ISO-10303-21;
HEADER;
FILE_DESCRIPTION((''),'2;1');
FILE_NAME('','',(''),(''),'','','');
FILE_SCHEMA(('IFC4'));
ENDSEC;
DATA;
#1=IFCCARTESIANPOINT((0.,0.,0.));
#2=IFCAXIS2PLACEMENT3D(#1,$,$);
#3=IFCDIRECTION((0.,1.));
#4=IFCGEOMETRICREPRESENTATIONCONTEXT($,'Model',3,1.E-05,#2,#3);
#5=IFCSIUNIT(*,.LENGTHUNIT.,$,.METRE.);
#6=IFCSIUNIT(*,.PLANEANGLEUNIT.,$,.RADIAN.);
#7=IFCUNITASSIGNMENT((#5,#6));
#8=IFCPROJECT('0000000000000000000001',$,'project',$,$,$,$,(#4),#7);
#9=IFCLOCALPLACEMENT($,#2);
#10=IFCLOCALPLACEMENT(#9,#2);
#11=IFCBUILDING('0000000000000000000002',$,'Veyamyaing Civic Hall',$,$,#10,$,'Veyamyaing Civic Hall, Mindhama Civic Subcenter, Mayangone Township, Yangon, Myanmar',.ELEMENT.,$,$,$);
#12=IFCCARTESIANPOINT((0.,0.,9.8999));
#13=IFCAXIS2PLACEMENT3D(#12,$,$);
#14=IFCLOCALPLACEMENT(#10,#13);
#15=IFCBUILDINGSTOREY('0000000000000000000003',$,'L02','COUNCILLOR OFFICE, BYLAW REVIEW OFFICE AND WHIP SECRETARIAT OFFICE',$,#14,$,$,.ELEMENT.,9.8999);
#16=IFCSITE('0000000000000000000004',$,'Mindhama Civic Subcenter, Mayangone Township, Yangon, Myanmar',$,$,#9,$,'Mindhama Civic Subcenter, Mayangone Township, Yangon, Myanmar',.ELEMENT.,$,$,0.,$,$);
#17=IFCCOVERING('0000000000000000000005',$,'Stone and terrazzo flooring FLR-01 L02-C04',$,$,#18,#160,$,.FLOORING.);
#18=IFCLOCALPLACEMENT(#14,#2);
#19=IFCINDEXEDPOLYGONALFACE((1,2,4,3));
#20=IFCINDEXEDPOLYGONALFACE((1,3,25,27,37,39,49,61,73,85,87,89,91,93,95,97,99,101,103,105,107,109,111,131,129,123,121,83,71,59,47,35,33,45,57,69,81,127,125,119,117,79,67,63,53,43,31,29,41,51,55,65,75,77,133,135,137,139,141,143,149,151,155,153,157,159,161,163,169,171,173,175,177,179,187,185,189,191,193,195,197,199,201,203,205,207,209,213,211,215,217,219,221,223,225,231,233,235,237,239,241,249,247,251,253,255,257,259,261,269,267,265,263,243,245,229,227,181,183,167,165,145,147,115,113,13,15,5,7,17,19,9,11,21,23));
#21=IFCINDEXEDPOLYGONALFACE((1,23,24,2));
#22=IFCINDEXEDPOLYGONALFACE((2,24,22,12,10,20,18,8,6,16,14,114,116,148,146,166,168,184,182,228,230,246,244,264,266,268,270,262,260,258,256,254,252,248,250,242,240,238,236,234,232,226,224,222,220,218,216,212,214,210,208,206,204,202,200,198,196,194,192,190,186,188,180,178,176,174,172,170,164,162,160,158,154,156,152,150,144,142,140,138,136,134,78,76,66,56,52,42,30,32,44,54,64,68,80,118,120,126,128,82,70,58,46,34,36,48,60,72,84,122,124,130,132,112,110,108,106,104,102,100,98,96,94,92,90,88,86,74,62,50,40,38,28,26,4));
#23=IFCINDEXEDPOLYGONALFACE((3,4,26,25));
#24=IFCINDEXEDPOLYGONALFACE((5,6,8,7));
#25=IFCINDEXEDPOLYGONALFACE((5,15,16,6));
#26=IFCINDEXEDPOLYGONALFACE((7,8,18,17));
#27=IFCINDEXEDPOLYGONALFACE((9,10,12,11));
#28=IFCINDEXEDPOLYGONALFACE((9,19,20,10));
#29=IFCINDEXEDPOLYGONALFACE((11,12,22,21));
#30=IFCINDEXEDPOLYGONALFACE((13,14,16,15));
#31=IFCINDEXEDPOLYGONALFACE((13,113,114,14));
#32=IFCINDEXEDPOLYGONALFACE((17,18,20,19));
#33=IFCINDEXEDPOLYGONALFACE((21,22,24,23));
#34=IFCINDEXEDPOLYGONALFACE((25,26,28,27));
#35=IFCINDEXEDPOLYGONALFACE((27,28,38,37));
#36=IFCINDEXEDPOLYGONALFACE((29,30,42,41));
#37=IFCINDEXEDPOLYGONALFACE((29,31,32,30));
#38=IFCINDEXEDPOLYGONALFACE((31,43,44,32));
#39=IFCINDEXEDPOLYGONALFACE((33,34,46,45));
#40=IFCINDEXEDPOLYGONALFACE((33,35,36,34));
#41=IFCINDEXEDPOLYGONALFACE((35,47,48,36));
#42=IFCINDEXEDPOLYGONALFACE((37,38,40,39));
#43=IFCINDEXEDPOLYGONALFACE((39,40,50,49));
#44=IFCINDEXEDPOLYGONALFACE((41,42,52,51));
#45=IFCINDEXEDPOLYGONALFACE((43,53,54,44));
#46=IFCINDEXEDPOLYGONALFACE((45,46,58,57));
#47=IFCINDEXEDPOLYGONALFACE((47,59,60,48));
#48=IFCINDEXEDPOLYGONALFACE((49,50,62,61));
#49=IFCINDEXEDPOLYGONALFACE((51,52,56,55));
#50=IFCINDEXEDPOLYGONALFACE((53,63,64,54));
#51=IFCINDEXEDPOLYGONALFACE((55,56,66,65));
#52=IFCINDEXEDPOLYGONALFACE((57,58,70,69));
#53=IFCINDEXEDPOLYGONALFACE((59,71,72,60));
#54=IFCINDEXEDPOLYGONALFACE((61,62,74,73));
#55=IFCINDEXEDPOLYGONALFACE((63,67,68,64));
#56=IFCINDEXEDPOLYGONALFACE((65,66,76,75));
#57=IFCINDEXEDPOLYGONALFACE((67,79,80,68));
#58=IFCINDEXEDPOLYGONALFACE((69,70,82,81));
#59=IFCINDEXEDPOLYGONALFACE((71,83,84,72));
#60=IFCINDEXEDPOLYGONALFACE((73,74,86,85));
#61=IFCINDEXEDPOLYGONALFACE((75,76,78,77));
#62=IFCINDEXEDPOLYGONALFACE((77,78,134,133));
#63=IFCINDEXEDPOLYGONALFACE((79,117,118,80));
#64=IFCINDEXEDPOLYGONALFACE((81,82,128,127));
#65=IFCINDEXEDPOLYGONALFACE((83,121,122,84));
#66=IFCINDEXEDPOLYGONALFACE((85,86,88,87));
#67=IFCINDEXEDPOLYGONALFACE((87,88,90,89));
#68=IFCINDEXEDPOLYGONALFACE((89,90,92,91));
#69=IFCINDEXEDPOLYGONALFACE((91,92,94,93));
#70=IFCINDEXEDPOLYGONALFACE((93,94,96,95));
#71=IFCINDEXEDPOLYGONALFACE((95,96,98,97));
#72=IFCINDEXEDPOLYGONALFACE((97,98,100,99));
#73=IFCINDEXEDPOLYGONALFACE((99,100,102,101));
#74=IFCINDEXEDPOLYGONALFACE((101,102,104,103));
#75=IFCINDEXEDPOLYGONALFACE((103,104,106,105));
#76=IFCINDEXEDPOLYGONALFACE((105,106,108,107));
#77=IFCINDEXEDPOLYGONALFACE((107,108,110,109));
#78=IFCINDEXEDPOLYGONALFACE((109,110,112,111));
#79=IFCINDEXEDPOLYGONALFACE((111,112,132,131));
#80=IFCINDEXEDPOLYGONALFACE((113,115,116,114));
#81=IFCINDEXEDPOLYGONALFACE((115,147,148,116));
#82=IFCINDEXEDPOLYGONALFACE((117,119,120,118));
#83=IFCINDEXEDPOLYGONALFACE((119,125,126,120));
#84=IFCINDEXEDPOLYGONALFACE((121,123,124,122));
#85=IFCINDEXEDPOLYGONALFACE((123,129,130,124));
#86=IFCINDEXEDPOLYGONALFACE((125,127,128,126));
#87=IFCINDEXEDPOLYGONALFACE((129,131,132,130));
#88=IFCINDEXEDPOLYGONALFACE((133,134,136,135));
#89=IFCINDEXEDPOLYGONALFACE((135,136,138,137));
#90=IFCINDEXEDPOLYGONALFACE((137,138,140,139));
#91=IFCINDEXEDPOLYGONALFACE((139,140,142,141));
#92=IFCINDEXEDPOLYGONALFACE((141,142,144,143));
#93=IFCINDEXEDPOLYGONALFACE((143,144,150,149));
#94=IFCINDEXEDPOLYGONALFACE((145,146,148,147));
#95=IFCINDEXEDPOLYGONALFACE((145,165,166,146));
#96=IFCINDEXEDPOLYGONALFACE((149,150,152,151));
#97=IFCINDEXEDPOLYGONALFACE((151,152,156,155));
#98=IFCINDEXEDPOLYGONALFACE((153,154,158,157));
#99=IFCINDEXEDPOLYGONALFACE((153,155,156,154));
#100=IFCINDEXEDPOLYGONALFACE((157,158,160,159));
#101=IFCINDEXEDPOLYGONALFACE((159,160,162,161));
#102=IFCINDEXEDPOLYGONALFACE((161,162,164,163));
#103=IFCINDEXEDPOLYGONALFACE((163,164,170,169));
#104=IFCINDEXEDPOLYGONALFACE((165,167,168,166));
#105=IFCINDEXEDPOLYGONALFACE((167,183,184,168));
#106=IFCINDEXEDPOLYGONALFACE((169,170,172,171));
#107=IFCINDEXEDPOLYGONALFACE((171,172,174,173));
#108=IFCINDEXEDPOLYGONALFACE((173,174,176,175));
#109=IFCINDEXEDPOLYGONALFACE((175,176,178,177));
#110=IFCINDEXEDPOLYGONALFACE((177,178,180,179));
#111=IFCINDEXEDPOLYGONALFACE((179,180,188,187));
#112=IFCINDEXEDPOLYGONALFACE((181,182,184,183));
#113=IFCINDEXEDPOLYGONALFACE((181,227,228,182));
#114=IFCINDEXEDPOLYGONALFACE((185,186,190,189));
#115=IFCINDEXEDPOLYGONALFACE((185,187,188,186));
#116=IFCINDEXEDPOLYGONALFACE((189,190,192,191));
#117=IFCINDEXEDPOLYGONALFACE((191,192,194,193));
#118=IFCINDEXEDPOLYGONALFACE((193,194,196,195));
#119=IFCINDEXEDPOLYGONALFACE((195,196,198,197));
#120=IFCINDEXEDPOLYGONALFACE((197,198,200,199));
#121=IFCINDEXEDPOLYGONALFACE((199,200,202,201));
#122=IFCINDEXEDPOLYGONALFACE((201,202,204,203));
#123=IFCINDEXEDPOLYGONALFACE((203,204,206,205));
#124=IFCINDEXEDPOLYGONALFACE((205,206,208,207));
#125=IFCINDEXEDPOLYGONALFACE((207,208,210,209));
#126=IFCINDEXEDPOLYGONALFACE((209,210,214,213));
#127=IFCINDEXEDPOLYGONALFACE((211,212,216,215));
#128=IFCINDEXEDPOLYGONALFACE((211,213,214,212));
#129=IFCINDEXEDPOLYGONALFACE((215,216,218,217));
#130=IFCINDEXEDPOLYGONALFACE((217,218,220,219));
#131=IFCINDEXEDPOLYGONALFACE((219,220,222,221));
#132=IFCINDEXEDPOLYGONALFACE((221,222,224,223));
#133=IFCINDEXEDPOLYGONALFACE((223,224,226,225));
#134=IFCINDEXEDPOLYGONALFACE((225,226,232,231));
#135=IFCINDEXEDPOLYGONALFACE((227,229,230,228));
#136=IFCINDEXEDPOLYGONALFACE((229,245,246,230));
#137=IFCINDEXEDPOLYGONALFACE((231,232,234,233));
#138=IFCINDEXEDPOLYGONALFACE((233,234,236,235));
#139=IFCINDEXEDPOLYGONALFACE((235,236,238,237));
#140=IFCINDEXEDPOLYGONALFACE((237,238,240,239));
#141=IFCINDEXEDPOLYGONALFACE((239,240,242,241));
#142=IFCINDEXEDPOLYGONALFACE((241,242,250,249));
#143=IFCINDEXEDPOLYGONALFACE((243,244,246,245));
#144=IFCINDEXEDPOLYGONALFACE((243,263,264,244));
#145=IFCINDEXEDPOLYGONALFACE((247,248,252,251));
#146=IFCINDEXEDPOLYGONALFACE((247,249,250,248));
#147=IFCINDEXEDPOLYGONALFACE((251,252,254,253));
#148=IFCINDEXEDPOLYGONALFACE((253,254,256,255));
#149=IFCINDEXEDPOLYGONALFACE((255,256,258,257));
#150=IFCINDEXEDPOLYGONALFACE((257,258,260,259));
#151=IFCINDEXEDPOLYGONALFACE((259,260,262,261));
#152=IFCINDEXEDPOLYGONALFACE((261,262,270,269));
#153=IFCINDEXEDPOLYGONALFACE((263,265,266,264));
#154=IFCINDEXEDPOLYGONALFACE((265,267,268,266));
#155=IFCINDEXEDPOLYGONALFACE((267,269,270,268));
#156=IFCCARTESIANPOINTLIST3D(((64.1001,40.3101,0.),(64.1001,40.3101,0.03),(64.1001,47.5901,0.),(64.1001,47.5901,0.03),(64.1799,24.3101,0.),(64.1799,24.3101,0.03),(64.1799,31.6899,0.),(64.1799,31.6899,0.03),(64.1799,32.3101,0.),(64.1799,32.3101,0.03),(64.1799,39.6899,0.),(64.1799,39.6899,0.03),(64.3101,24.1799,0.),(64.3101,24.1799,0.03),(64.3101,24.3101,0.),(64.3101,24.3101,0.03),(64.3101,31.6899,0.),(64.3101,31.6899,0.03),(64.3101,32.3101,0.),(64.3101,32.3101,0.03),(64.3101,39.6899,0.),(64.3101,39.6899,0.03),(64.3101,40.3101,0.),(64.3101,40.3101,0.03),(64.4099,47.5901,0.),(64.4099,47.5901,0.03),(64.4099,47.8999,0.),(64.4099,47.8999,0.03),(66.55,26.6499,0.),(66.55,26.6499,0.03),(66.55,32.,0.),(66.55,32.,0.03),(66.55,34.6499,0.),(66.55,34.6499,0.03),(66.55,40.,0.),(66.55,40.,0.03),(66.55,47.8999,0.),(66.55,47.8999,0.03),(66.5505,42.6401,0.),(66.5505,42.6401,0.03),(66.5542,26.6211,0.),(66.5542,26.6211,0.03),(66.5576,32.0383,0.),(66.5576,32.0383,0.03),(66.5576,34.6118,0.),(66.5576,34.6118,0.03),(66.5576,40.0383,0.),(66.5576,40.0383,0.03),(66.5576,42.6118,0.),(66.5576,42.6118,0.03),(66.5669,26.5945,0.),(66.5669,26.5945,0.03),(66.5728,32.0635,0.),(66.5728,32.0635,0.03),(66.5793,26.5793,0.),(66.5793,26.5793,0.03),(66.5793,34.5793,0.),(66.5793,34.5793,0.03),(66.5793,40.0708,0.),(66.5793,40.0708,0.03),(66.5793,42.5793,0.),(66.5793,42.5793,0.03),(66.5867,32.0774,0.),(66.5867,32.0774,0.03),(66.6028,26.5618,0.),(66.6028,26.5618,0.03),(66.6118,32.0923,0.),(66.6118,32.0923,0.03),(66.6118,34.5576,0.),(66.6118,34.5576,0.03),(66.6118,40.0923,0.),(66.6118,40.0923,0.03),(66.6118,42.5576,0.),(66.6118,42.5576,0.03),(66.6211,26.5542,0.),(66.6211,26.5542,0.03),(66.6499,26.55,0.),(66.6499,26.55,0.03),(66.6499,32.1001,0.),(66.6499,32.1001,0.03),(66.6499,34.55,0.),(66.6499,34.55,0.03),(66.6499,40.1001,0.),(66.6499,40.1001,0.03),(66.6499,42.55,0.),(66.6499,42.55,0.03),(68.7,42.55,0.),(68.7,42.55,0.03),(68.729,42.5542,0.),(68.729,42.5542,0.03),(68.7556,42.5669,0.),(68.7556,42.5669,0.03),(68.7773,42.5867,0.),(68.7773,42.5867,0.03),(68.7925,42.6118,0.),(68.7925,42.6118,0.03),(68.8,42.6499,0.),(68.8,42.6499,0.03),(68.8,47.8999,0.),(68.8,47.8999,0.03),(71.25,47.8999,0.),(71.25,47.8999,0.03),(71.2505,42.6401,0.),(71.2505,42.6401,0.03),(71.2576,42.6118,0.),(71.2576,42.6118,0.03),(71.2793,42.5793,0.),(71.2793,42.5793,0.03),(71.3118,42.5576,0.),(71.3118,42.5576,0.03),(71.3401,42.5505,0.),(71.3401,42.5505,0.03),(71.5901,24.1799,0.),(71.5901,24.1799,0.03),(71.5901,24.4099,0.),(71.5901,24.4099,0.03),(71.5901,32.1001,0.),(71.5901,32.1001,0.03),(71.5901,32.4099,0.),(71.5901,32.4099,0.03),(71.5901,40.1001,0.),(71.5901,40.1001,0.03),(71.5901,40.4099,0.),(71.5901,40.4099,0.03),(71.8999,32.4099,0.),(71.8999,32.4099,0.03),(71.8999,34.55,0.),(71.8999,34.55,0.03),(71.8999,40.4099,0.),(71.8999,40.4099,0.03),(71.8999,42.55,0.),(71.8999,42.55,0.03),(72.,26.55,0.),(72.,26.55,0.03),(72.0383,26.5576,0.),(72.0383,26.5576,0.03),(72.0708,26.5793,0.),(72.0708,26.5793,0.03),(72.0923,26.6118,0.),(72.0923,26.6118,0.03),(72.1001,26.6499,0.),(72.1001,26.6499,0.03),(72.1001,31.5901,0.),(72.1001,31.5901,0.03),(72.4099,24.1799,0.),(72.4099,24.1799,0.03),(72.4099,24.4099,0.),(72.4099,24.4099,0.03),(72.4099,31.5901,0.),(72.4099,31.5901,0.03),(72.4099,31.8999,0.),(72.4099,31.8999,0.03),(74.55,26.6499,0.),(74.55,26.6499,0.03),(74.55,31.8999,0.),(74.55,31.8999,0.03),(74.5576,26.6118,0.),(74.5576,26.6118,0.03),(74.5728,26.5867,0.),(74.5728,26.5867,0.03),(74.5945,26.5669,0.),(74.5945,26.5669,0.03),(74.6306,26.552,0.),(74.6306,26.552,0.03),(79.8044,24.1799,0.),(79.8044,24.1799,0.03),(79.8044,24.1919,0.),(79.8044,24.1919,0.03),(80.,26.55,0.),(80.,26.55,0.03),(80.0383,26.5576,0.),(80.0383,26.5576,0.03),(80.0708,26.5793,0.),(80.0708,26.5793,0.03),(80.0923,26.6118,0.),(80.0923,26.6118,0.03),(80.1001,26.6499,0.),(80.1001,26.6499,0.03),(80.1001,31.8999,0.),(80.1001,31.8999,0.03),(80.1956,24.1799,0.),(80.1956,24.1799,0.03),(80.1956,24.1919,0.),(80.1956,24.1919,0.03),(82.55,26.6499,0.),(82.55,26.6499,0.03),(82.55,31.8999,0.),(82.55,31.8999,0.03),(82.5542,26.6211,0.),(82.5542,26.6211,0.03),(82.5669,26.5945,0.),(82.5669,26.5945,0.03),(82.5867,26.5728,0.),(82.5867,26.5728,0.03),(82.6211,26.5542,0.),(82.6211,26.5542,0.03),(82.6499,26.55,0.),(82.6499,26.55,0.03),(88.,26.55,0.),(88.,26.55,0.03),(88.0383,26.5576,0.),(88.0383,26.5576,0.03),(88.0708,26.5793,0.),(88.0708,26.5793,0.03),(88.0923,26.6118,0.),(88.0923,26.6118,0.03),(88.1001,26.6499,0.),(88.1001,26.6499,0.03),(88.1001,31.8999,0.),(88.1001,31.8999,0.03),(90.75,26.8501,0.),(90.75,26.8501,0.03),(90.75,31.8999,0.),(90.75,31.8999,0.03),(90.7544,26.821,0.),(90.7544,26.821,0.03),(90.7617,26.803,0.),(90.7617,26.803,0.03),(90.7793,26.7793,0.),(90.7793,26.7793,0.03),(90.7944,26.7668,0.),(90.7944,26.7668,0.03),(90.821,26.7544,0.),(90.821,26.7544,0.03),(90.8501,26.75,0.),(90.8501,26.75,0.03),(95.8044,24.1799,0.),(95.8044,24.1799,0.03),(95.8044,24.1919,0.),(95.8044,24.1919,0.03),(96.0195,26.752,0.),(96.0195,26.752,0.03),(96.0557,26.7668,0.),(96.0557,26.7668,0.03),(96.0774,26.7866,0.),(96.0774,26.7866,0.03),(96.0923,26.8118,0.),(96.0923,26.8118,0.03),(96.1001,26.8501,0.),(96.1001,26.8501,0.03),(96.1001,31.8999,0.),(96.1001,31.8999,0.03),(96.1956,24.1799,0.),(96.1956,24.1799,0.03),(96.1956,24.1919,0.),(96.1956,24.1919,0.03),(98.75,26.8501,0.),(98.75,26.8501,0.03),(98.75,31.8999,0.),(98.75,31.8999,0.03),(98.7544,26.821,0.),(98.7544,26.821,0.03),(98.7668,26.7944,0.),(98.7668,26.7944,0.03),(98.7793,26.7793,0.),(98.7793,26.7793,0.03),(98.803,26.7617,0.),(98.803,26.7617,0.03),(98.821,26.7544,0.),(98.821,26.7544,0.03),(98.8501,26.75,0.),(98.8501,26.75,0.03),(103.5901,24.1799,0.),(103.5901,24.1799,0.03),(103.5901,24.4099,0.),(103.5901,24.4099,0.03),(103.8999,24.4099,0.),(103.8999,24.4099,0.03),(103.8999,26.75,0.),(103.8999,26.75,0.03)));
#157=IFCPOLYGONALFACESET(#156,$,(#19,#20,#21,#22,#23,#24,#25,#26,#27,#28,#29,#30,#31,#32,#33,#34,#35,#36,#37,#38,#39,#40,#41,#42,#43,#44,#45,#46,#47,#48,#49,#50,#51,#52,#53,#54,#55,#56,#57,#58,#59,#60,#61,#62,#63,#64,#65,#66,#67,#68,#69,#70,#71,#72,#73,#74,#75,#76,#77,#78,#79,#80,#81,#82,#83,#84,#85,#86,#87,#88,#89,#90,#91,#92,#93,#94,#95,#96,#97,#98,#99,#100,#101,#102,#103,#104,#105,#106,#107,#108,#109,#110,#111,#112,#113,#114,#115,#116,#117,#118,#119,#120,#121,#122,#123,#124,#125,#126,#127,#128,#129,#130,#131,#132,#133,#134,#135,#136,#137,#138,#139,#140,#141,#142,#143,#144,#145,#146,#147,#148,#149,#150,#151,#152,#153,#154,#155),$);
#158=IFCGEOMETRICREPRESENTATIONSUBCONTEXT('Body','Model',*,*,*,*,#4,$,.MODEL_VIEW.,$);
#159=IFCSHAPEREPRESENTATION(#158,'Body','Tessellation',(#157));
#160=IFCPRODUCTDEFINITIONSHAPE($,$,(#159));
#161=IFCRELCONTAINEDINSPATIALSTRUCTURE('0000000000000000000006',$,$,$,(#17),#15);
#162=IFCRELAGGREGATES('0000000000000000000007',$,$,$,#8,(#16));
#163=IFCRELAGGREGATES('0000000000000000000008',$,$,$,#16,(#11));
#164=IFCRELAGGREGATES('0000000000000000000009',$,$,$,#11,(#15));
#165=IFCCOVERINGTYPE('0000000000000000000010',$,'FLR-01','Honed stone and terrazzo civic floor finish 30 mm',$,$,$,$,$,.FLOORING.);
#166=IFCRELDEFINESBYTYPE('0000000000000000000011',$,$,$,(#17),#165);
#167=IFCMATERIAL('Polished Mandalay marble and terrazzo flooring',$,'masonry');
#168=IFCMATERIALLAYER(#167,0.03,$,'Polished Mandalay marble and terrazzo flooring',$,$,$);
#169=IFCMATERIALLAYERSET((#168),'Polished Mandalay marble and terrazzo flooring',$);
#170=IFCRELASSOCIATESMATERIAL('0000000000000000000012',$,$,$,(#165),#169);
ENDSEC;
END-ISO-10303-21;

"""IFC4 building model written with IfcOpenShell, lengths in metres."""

from ifc_helpers import new_model, si_unit, direction, frame, origin, place, context, subcontext, project, spatial, polyline, outline, extrude, material, layer, layer_set, type_object, element, save


model = new_model("IFC4")

# Units and contexts
model_context = context("Model", 3, precision=1e-05, world=origin(), true_north=direction((0.0, 1.0)))
body_context = subcontext(model_context, "Body", "Model", "MODEL_VIEW")
ifc_project = project(units=[si_unit("LENGTHUNIT", "METRE"), si_unit("PLANEANGLEUNIT", "RADIAN")], contexts=[model_context])

# Site, building, storey
site_placement = place(None, origin())
site = spatial("IfcSite", under=ifc_project, at=site_placement, Name="Mindhama Civic Subcenter, Mayangone Township, Yangon, Myanmar", LongName="Mindhama Civic Subcenter, Mayangone Township, Yangon, Myanmar", CompositionType="ELEMENT", RefElevation=0.0)
building_placement = place(site_placement, origin())
building = spatial("IfcBuilding", under=site, at=building_placement, Name="Veyamyaing Civic Hall", LongName="Veyamyaing Civic Hall, Mindhama Civic Subcenter, Mayangone Township, Yangon, Myanmar", CompositionType="ELEMENT")
storey_placement = place(building_placement, frame((0.0, 0.0, 9.8999)))
storey = spatial("IfcBuildingStorey", under=building, at=storey_placement, Name="L02", Description="COUNCILLOR OFFICE, BYLAW REVIEW OFFICE AND WHIP SECRETARIAT OFFICE", CompositionType="ELEMENT", Elevation=9.8999)

# Covering
ifc_material_1 = material(Name="Polished Mandalay marble and terrazzo flooring", Category="masonry")
ifc_layer_1 = layer(ifc_material_1, 0.03, Name="Polished Mandalay marble and terrazzo flooring")
ifc_layer_set_1 = layer_set([ifc_layer_1], Name="Polished Mandalay marble and terrazzo flooring")
covering_type_1 = type_object("IfcCoveringType", Name="FLR-01", Description="Honed stone and terrazzo civic floor finish 30 mm", PredefinedType="FLOORING", material=ifc_layer_set_1)
covering_1_placement = place(storey_placement, origin())
element("IfcCovering", 1, at=covering_1_placement, inside=storey, type_object=covering_type_1, Name="Stone and terrazzo flooring FLR-01 L02-C04", PredefinedType="FLOORING", context=body_context, shape_type="SweptSolid", body=[
    extrude(outline(polyline([(66.5576, 42.6118), (66.5793, 42.5793), (66.6118, 42.5576), (66.6499, 42.55), (68.7, 42.55), (68.729, 42.5542), (68.7556, 42.5669), (68.7773, 42.5867), (68.7925, 42.6118), (68.8, 42.6499), (68.8, 47.8999), (71.25, 47.8999), (71.2505, 42.6401), (71.2576, 42.6118), (71.2793, 42.5793), (71.3118, 42.5576), (71.3401, 42.5505), (71.8999, 42.55), (71.8999, 40.4099), (71.5901, 40.4099), (71.5901, 40.1001), (66.6499, 40.1001), (66.6118, 40.0923), (66.5793, 40.0708), (66.5576, 40.0383), (66.55, 40.0), (66.55, 34.6499), (66.5576, 34.6118), (66.5793, 34.5793), (66.6118, 34.5576), (66.6499, 34.55), (71.8999, 34.55), (71.8999, 32.4099), (71.5901, 32.4099), (71.5901, 32.1001), (66.6499, 32.1001), (66.6118, 32.0923), (66.5867, 32.0774), (66.5728, 32.0635), (66.5576, 32.0383), (66.55, 32.0), (66.55, 26.6499), (66.5542, 26.6211), (66.5669, 26.5945), (66.5793, 26.5793), (66.6028, 26.5618), (66.6211, 26.5542), (66.6499, 26.55), (72.0, 26.55), (72.0383, 26.5576), (72.0708, 26.5793), (72.0923, 26.6118), (72.1001, 26.6499), (72.1001, 31.5901), (72.4099, 31.5901), (72.4099, 31.8999), (74.55, 31.8999), (74.55, 26.6499), (74.5576, 26.6118), (74.5728, 26.5867), (74.5945, 26.5669), (74.6306, 26.552), (80.0, 26.55), (80.0383, 26.5576), (80.0708, 26.5793), (80.0923, 26.6118), (80.1001, 26.6499), (80.1001, 31.8999), (82.55, 31.8999), (82.55, 26.6499), (82.5542, 26.6211), (82.5669, 26.5945), (82.5867, 26.5728), (82.6211, 26.5542), (82.6499, 26.55), (88.0, 26.55), (88.0383, 26.5576), (88.0708, 26.5793), (88.0923, 26.6118), (88.1001, 26.6499), (88.1001, 31.8999), (90.75, 31.8999), (90.75, 26.8501), (90.7544, 26.821), (90.7617, 26.803), (90.7793, 26.7793), (90.7944, 26.7668), (90.821, 26.7544), (90.8501, 26.75), (96.0195, 26.752), (96.0557, 26.7668), (96.0774, 26.7866), (96.0923, 26.8118), (96.1001, 26.8501), (96.1001, 31.8999), (98.75, 31.8999), (98.75, 26.8501), (98.7544, 26.821), (98.7668, 26.7944), (98.7793, 26.7793), (98.803, 26.7617), (98.821, 26.7544), (98.8501, 26.75), (103.8999, 26.75), (103.8999, 24.4099), (103.5901, 24.4099), (103.5901, 24.1799), (96.1956, 24.1799), (96.1956, 24.1919), (95.8044, 24.1919), (95.8044, 24.1799), (80.1956, 24.1799), (80.1956, 24.1919), (79.8044, 24.1919), (79.8044, 24.1799), (72.4099, 24.1799), (72.4099, 24.4099), (71.5901, 24.4099), (71.5901, 24.1799), (64.3101, 24.1799), (64.3101, 24.3101), (64.1799, 24.3101), (64.1799, 31.6899), (64.3101, 31.6899), (64.3101, 32.3101), (64.1799, 32.3101), (64.1799, 39.6899), (64.3101, 39.6899), (64.3101, 40.3101), (64.1001, 40.3101), (64.1001, 47.5901), (64.4099, 47.5901), (64.4099, 47.8999), (66.55, 47.8999), (66.5505, 42.6401), (66.5576, 42.6118)])), origin(), (0.0, 0.0, 1.0), 0.03),
])

save(model, "model.ifc")
